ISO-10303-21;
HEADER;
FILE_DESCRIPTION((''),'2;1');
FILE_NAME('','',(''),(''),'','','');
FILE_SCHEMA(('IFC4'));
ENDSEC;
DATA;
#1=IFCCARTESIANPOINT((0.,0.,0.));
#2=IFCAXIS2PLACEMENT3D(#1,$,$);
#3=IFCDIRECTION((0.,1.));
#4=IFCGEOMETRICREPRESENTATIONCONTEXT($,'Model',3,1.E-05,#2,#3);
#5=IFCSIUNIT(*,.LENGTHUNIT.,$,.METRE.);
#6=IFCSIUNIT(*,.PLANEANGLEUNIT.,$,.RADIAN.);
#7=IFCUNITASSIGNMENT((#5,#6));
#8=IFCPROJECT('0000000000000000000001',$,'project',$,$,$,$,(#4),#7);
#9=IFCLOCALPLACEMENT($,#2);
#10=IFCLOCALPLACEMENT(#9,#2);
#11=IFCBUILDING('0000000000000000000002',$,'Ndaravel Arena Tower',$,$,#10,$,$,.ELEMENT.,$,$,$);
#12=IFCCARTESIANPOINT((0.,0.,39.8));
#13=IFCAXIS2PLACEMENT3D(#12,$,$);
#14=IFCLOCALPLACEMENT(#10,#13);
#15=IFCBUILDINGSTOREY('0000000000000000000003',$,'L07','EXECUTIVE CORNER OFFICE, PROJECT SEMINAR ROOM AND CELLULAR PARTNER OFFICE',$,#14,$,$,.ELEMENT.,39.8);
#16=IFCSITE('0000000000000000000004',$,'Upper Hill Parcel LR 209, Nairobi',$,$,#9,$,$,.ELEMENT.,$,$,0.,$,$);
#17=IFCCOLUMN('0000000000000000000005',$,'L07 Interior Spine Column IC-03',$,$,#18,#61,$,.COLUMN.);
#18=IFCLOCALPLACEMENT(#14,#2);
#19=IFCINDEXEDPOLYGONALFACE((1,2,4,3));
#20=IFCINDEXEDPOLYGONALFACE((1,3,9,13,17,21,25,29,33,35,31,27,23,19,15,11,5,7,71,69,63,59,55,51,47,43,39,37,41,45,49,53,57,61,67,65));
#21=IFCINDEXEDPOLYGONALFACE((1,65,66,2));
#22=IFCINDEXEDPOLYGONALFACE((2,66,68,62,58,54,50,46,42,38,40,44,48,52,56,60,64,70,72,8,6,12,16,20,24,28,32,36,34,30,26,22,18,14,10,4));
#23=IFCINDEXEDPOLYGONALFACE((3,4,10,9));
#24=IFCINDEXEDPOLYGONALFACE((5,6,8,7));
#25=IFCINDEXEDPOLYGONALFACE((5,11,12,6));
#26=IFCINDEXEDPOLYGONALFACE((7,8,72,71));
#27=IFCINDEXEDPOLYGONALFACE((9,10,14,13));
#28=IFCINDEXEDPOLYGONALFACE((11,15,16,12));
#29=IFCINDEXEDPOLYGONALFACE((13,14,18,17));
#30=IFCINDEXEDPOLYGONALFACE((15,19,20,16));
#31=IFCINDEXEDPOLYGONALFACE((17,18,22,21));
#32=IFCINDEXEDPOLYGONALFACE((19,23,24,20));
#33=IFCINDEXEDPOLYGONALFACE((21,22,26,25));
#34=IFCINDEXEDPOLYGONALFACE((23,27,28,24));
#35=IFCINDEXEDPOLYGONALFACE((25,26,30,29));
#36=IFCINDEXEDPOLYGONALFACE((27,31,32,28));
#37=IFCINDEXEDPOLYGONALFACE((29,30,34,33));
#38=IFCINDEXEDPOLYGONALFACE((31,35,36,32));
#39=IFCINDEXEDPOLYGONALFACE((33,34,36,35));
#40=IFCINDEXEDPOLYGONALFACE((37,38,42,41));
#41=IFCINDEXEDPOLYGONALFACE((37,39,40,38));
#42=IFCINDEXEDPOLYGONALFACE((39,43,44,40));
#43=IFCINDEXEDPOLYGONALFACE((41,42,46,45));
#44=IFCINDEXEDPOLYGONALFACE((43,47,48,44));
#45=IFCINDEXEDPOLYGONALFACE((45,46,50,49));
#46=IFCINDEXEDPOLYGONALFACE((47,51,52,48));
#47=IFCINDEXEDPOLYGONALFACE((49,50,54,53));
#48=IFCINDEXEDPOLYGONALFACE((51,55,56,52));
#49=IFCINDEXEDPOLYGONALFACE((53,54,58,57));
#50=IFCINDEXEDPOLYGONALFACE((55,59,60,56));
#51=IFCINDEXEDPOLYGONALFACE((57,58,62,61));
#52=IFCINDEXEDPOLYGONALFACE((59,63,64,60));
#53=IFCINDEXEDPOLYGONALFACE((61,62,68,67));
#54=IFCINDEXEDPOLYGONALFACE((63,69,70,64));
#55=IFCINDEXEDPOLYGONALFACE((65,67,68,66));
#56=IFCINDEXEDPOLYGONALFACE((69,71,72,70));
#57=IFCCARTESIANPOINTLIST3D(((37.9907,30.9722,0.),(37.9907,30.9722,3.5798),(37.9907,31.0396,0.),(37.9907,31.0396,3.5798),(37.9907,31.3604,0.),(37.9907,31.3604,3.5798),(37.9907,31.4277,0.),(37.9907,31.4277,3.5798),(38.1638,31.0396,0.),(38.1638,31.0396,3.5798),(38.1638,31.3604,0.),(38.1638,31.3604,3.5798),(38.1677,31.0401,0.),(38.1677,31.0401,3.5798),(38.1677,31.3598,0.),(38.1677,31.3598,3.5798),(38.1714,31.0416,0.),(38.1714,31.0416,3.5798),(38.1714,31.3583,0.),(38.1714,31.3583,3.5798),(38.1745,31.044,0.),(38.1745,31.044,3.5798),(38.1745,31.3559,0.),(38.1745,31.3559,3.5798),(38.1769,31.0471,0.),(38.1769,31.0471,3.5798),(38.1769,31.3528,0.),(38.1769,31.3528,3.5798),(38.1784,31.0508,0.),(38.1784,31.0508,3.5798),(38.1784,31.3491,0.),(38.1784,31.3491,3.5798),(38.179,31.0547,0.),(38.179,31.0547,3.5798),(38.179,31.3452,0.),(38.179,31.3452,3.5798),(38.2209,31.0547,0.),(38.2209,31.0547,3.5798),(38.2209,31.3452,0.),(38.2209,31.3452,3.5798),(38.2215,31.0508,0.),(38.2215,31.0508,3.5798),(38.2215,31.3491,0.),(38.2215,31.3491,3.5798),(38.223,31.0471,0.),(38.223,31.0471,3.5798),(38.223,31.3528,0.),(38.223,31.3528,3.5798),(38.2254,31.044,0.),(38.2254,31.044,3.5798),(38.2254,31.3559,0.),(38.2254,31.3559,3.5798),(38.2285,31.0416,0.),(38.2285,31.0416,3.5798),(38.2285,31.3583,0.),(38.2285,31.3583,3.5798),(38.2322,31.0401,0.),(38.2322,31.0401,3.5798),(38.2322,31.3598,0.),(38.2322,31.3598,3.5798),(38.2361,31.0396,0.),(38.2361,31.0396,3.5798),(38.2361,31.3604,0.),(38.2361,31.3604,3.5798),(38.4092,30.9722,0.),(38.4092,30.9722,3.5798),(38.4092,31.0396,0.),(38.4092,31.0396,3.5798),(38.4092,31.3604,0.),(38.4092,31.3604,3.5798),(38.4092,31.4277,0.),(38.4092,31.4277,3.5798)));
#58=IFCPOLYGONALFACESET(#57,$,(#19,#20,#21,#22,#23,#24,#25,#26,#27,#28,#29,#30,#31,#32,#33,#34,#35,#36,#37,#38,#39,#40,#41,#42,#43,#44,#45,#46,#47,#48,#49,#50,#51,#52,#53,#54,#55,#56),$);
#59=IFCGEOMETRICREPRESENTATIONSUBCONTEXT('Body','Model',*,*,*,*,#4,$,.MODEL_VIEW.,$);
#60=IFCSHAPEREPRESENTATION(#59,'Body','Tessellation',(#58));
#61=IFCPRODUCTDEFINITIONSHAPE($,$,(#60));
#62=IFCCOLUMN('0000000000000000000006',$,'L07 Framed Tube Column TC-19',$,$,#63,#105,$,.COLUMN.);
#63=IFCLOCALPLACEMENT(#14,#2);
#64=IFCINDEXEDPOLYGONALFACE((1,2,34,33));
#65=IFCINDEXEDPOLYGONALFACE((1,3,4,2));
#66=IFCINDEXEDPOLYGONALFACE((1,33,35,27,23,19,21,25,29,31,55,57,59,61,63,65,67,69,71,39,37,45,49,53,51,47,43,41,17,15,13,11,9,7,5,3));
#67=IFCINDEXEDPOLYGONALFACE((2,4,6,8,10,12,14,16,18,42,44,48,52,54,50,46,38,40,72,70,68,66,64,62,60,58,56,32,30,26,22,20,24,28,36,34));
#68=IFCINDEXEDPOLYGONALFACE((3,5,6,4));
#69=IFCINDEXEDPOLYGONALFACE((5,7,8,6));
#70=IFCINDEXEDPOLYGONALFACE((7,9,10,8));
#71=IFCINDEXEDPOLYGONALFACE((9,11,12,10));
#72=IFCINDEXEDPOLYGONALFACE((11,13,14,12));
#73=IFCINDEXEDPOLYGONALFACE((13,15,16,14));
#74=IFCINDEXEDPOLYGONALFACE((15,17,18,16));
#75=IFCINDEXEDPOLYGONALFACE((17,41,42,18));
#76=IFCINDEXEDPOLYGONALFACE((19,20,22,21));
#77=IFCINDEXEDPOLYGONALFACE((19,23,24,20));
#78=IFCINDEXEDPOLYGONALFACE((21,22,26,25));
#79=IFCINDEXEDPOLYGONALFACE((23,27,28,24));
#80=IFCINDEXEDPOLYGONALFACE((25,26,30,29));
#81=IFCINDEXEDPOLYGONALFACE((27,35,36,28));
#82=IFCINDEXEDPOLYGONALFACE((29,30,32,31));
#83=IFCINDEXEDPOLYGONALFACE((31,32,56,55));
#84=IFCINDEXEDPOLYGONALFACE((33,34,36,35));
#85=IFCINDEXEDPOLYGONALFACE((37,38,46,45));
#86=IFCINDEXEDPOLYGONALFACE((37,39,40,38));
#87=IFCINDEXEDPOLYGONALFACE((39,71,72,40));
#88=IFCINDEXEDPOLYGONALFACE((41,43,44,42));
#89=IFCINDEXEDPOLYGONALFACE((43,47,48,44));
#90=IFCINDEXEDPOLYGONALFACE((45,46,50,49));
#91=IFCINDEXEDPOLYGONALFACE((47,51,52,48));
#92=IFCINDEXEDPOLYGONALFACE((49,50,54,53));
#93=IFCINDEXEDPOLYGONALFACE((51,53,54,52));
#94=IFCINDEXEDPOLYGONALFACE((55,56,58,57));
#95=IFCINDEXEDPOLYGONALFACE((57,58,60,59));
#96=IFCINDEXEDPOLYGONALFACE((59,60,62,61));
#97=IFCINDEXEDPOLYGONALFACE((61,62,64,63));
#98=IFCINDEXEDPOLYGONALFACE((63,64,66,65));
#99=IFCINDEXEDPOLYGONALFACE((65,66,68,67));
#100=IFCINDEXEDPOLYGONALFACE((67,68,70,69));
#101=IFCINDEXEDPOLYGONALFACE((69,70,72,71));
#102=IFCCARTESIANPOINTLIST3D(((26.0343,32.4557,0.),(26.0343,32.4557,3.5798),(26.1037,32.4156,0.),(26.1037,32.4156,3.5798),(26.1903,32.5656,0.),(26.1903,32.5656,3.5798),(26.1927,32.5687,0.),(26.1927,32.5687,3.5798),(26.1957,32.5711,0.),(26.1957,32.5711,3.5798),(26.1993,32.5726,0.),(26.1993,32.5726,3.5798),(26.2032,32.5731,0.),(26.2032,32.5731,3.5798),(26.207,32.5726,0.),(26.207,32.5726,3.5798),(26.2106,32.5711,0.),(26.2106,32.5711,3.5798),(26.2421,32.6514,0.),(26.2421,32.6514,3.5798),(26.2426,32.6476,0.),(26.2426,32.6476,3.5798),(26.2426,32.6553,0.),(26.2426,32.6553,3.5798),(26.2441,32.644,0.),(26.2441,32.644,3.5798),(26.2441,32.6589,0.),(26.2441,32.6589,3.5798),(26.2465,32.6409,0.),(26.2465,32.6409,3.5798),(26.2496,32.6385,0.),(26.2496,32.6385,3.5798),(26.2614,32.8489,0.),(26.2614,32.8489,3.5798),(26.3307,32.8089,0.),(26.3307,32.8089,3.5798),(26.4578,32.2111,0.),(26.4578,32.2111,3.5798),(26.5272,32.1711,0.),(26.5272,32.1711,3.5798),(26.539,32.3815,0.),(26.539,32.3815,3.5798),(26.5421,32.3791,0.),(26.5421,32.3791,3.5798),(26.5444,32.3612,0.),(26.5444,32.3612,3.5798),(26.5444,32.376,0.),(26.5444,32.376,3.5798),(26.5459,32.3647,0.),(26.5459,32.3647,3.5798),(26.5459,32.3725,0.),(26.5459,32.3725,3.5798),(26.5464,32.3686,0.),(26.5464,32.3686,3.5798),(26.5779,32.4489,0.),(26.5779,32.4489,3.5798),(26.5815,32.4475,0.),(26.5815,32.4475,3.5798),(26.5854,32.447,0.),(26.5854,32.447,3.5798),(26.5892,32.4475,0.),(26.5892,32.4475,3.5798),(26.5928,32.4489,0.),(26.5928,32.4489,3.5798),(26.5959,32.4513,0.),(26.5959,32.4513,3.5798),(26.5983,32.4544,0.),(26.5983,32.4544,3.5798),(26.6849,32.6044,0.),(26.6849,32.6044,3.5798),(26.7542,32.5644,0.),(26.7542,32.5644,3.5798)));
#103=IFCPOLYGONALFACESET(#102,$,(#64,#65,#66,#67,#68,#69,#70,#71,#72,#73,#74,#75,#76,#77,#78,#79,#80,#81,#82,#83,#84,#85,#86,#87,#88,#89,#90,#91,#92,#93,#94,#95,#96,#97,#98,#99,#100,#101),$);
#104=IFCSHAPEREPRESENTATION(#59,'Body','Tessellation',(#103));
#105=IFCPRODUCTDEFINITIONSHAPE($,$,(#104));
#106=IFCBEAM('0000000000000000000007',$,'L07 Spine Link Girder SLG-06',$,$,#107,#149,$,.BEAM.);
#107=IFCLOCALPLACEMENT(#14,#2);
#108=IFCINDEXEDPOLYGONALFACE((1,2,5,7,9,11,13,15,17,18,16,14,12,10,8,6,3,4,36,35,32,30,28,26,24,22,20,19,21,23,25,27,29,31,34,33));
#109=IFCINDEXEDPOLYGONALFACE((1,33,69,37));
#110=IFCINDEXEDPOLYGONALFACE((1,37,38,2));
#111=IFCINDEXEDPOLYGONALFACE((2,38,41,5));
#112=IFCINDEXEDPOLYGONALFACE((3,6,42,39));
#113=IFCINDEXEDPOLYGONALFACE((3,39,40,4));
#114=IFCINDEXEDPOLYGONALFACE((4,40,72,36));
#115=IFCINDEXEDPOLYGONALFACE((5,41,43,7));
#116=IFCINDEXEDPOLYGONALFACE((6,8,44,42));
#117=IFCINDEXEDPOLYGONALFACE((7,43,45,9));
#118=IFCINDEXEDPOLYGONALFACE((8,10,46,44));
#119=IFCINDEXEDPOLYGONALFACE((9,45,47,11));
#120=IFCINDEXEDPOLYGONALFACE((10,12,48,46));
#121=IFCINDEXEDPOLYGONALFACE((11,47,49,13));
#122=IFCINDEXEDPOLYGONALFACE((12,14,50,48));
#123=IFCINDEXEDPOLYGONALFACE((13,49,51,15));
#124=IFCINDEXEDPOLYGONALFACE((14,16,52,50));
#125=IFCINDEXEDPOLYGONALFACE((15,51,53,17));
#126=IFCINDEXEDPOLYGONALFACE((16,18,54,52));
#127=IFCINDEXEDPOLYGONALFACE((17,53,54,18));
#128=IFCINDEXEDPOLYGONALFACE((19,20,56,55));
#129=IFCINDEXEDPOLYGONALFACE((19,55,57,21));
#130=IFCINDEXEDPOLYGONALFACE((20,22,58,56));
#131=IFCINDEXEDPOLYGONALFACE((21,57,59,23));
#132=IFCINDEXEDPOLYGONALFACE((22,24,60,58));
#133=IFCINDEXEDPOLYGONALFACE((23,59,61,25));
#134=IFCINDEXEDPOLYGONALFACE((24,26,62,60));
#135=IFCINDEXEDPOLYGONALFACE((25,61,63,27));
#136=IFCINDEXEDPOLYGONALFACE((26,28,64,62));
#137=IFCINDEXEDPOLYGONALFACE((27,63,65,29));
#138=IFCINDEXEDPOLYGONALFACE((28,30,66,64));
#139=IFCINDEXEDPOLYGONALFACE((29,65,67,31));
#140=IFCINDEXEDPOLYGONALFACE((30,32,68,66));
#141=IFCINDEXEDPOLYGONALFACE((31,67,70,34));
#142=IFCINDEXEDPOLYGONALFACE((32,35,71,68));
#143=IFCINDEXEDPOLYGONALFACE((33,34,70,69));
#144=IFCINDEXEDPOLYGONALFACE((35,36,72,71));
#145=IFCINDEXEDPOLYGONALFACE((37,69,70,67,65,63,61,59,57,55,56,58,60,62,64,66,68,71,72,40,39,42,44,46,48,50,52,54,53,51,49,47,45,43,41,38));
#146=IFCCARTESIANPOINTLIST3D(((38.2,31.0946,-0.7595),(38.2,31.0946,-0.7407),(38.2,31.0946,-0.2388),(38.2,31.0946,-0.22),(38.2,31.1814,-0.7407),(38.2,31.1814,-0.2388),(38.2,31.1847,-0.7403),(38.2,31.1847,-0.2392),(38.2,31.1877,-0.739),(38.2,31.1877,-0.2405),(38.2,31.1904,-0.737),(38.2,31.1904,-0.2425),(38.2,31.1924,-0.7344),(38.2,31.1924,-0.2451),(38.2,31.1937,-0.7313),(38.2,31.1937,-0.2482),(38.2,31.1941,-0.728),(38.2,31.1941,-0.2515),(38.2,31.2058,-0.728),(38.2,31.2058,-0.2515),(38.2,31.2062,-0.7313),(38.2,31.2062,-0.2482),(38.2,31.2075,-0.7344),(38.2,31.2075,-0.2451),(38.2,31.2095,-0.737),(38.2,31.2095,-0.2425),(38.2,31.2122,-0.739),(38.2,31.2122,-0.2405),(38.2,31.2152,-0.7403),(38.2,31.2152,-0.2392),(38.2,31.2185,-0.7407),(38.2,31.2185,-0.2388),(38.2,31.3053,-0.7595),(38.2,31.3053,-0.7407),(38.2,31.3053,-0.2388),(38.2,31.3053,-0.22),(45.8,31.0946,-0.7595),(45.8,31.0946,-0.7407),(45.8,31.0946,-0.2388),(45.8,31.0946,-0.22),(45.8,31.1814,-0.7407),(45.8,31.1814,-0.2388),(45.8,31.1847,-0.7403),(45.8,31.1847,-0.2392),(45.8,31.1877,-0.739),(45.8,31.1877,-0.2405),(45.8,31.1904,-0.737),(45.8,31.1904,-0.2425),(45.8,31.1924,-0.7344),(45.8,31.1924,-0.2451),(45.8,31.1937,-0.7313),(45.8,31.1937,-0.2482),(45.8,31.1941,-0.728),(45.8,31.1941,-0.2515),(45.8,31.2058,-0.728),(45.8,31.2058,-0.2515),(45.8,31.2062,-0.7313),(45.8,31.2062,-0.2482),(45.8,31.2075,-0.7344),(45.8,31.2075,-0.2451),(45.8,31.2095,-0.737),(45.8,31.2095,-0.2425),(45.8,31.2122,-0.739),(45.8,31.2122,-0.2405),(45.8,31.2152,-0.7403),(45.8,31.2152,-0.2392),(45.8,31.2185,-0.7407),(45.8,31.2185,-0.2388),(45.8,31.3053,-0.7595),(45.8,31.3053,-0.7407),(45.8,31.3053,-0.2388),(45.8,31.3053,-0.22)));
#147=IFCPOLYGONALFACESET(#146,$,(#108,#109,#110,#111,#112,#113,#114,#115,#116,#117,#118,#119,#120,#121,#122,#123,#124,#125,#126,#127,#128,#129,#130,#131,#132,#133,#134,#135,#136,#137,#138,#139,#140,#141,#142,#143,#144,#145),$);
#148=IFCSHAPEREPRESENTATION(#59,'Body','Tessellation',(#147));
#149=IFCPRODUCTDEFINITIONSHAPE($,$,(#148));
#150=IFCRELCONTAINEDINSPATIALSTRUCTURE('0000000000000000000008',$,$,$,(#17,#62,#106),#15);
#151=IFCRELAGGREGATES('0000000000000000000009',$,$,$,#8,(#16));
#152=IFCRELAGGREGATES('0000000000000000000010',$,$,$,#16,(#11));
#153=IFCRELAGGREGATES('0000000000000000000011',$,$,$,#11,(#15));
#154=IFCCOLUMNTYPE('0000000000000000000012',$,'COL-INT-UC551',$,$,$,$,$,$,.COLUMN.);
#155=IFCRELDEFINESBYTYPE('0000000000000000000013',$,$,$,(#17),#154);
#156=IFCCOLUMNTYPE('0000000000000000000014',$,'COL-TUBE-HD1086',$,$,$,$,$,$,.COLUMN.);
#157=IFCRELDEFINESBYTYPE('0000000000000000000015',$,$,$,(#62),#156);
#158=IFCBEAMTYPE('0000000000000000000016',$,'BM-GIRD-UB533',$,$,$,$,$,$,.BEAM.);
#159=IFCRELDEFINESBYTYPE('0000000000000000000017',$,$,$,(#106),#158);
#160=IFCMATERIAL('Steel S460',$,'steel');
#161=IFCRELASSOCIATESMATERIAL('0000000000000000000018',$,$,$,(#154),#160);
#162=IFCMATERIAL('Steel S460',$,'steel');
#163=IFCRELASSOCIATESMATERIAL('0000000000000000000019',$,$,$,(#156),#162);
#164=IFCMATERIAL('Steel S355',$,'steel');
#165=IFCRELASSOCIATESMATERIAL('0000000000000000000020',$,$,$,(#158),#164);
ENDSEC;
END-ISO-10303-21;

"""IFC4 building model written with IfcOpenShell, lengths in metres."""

from ifc_helpers import new_model, si_unit, direction, frame, origin, origin_2d, place, context, subcontext, project, spatial, i_section, extrude, material, material_profile, profile_set, type_object, element, save


model = new_model("IFC4")

# Units and contexts
model_context = context("Model", 3, precision=1e-05, world=origin(), true_north=direction((0.0, 1.0)))
body_context = subcontext(model_context, "Body", "Model", "MODEL_VIEW")
ifc_project = project(units=[si_unit("LENGTHUNIT", "METRE"), si_unit("PLANEANGLEUNIT", "RADIAN")], contexts=[model_context])

# Site, building, storey
site_placement = place(None, origin())
site = spatial("IfcSite", under=ifc_project, at=site_placement, Name="Upper Hill Parcel LR 209, Nairobi", CompositionType="ELEMENT", RefElevation=0.0)
building_placement = place(site_placement, origin())
building = spatial("IfcBuilding", under=site, at=building_placement, Name="Ndaravel Arena Tower", CompositionType="ELEMENT")
storey_placement = place(building_placement, frame((0.0, 0.0, 39.8)))
storey = spatial("IfcBuildingStorey", under=building, at=storey_placement, Name="L07", Description="EXECUTIVE CORNER OFFICE, PROJECT SEMINAR ROOM AND CELLULAR PARTNER OFFICE", CompositionType="ELEMENT", Elevation=39.8)

# Columns
ifc_material_1 = material(Name="Steel S460", Category="steel")
ifc_material_profile_1 = material_profile(ifc_material_1, i_section(OverallWidth=0.4185, OverallDepth=0.4556, WebThickness=0.042, FlangeThickness=0.0674, FilletRadius=0.0151, at=origin_2d()), Name="UC 356x406x551")
ifc_profile_set_1 = profile_set([ifc_material_profile_1], Name="Steel S460")
column_type_1 = type_object("IfcColumnType", Name="COL-INT-UC551", PredefinedType="COLUMN", material=ifc_profile_set_1)
column_1_placement = place(storey_placement, frame((38.2, 31.2, 0.0), z_axis=(0.0, 0.0, 1.0), x_axis=(1.0, 0.0, 0.0)))
element("IfcColumn", 1, at=column_1_placement, inside=storey, type_object=column_type_1, Name="L07 Interior Spine Column IC-03", PredefinedType="COLUMN", context=body_context, shape_type="SweptSolid", body=[
    extrude(i_section(OverallWidth=0.4185, OverallDepth=0.4556, WebThickness=0.042, FlangeThickness=0.0674, FilletRadius=0.0151, at=origin_2d()), origin(), (0.0, 0.0, 1.0), 3.5798),
])
ifc_material_2 = material(Name="Steel S460", Category="steel")
ifc_material_profile_2 = material_profile(ifc_material_2, i_section(OverallWidth=0.4541, OverallDepth=0.5691, WebThickness=0.0779, FlangeThickness=0.0801, FilletRadius=0.0149, at=origin_2d()), Name="HD 400x1086")
ifc_profile_set_2 = profile_set([ifc_material_profile_2], Name="Steel S460")
column_type_2 = type_object("IfcColumnType", Name="COL-TUBE-HD1086", PredefinedType="COLUMN", material=ifc_profile_set_2)
column_2_placement = place(storey_placement, frame((26.3943, 32.51, 0.0), z_axis=(0.0, 0.0, 1.0), x_axis=(0.5, 0.866025, 0.0)))
element("IfcColumn", 2, at=column_2_placement, inside=storey, type_object=column_type_2, Name="L07 Framed Tube Column TC-19", PredefinedType="COLUMN", context=body_context, shape_type="SweptSolid", body=[
    extrude(i_section(OverallWidth=0.4541, OverallDepth=0.5691, WebThickness=0.0779, FlangeThickness=0.0801, FilletRadius=0.0149, at=origin_2d()), origin(), (0.0, 0.0, 1.0), 3.5798),
])

# Beam
ifc_material_3 = material(Name="Steel S355", Category="steel")
ifc_material_profile_3 = material_profile(ifc_material_3, i_section(OverallWidth=0.2107, OverallDepth=0.5396, WebThickness=0.0117, FlangeThickness=0.0188, FilletRadius=0.0127, at=origin_2d()), Name="UB 533x210x109")
ifc_profile_set_3 = profile_set([ifc_material_profile_3], Name="Steel S355")
beam_type_1 = type_object("IfcBeamType", Name="BM-GIRD-UB533", PredefinedType="BEAM", material=ifc_profile_set_3)
beam_1_placement = place(storey_placement, frame((38.2, 31.2, -0.4897), z_axis=(1.0, 0.0, 0.0), x_axis=(0.0, 1.0, 0.0)))
element("IfcBeam", 3, at=beam_1_placement, inside=storey, type_object=beam_type_1, Name="L07 Spine Link Girder SLG-06", PredefinedType="BEAM", context=body_context, shape_type="SweptSolid", body=[
    extrude(i_section(OverallWidth=0.2107, OverallDepth=0.5396, WebThickness=0.0117, FlangeThickness=0.0188, FilletRadius=0.0127, at=origin_2d()), origin(), (0.0, 0.0, 1.0), 7.6001),
])

save(model, "model.ifc")
